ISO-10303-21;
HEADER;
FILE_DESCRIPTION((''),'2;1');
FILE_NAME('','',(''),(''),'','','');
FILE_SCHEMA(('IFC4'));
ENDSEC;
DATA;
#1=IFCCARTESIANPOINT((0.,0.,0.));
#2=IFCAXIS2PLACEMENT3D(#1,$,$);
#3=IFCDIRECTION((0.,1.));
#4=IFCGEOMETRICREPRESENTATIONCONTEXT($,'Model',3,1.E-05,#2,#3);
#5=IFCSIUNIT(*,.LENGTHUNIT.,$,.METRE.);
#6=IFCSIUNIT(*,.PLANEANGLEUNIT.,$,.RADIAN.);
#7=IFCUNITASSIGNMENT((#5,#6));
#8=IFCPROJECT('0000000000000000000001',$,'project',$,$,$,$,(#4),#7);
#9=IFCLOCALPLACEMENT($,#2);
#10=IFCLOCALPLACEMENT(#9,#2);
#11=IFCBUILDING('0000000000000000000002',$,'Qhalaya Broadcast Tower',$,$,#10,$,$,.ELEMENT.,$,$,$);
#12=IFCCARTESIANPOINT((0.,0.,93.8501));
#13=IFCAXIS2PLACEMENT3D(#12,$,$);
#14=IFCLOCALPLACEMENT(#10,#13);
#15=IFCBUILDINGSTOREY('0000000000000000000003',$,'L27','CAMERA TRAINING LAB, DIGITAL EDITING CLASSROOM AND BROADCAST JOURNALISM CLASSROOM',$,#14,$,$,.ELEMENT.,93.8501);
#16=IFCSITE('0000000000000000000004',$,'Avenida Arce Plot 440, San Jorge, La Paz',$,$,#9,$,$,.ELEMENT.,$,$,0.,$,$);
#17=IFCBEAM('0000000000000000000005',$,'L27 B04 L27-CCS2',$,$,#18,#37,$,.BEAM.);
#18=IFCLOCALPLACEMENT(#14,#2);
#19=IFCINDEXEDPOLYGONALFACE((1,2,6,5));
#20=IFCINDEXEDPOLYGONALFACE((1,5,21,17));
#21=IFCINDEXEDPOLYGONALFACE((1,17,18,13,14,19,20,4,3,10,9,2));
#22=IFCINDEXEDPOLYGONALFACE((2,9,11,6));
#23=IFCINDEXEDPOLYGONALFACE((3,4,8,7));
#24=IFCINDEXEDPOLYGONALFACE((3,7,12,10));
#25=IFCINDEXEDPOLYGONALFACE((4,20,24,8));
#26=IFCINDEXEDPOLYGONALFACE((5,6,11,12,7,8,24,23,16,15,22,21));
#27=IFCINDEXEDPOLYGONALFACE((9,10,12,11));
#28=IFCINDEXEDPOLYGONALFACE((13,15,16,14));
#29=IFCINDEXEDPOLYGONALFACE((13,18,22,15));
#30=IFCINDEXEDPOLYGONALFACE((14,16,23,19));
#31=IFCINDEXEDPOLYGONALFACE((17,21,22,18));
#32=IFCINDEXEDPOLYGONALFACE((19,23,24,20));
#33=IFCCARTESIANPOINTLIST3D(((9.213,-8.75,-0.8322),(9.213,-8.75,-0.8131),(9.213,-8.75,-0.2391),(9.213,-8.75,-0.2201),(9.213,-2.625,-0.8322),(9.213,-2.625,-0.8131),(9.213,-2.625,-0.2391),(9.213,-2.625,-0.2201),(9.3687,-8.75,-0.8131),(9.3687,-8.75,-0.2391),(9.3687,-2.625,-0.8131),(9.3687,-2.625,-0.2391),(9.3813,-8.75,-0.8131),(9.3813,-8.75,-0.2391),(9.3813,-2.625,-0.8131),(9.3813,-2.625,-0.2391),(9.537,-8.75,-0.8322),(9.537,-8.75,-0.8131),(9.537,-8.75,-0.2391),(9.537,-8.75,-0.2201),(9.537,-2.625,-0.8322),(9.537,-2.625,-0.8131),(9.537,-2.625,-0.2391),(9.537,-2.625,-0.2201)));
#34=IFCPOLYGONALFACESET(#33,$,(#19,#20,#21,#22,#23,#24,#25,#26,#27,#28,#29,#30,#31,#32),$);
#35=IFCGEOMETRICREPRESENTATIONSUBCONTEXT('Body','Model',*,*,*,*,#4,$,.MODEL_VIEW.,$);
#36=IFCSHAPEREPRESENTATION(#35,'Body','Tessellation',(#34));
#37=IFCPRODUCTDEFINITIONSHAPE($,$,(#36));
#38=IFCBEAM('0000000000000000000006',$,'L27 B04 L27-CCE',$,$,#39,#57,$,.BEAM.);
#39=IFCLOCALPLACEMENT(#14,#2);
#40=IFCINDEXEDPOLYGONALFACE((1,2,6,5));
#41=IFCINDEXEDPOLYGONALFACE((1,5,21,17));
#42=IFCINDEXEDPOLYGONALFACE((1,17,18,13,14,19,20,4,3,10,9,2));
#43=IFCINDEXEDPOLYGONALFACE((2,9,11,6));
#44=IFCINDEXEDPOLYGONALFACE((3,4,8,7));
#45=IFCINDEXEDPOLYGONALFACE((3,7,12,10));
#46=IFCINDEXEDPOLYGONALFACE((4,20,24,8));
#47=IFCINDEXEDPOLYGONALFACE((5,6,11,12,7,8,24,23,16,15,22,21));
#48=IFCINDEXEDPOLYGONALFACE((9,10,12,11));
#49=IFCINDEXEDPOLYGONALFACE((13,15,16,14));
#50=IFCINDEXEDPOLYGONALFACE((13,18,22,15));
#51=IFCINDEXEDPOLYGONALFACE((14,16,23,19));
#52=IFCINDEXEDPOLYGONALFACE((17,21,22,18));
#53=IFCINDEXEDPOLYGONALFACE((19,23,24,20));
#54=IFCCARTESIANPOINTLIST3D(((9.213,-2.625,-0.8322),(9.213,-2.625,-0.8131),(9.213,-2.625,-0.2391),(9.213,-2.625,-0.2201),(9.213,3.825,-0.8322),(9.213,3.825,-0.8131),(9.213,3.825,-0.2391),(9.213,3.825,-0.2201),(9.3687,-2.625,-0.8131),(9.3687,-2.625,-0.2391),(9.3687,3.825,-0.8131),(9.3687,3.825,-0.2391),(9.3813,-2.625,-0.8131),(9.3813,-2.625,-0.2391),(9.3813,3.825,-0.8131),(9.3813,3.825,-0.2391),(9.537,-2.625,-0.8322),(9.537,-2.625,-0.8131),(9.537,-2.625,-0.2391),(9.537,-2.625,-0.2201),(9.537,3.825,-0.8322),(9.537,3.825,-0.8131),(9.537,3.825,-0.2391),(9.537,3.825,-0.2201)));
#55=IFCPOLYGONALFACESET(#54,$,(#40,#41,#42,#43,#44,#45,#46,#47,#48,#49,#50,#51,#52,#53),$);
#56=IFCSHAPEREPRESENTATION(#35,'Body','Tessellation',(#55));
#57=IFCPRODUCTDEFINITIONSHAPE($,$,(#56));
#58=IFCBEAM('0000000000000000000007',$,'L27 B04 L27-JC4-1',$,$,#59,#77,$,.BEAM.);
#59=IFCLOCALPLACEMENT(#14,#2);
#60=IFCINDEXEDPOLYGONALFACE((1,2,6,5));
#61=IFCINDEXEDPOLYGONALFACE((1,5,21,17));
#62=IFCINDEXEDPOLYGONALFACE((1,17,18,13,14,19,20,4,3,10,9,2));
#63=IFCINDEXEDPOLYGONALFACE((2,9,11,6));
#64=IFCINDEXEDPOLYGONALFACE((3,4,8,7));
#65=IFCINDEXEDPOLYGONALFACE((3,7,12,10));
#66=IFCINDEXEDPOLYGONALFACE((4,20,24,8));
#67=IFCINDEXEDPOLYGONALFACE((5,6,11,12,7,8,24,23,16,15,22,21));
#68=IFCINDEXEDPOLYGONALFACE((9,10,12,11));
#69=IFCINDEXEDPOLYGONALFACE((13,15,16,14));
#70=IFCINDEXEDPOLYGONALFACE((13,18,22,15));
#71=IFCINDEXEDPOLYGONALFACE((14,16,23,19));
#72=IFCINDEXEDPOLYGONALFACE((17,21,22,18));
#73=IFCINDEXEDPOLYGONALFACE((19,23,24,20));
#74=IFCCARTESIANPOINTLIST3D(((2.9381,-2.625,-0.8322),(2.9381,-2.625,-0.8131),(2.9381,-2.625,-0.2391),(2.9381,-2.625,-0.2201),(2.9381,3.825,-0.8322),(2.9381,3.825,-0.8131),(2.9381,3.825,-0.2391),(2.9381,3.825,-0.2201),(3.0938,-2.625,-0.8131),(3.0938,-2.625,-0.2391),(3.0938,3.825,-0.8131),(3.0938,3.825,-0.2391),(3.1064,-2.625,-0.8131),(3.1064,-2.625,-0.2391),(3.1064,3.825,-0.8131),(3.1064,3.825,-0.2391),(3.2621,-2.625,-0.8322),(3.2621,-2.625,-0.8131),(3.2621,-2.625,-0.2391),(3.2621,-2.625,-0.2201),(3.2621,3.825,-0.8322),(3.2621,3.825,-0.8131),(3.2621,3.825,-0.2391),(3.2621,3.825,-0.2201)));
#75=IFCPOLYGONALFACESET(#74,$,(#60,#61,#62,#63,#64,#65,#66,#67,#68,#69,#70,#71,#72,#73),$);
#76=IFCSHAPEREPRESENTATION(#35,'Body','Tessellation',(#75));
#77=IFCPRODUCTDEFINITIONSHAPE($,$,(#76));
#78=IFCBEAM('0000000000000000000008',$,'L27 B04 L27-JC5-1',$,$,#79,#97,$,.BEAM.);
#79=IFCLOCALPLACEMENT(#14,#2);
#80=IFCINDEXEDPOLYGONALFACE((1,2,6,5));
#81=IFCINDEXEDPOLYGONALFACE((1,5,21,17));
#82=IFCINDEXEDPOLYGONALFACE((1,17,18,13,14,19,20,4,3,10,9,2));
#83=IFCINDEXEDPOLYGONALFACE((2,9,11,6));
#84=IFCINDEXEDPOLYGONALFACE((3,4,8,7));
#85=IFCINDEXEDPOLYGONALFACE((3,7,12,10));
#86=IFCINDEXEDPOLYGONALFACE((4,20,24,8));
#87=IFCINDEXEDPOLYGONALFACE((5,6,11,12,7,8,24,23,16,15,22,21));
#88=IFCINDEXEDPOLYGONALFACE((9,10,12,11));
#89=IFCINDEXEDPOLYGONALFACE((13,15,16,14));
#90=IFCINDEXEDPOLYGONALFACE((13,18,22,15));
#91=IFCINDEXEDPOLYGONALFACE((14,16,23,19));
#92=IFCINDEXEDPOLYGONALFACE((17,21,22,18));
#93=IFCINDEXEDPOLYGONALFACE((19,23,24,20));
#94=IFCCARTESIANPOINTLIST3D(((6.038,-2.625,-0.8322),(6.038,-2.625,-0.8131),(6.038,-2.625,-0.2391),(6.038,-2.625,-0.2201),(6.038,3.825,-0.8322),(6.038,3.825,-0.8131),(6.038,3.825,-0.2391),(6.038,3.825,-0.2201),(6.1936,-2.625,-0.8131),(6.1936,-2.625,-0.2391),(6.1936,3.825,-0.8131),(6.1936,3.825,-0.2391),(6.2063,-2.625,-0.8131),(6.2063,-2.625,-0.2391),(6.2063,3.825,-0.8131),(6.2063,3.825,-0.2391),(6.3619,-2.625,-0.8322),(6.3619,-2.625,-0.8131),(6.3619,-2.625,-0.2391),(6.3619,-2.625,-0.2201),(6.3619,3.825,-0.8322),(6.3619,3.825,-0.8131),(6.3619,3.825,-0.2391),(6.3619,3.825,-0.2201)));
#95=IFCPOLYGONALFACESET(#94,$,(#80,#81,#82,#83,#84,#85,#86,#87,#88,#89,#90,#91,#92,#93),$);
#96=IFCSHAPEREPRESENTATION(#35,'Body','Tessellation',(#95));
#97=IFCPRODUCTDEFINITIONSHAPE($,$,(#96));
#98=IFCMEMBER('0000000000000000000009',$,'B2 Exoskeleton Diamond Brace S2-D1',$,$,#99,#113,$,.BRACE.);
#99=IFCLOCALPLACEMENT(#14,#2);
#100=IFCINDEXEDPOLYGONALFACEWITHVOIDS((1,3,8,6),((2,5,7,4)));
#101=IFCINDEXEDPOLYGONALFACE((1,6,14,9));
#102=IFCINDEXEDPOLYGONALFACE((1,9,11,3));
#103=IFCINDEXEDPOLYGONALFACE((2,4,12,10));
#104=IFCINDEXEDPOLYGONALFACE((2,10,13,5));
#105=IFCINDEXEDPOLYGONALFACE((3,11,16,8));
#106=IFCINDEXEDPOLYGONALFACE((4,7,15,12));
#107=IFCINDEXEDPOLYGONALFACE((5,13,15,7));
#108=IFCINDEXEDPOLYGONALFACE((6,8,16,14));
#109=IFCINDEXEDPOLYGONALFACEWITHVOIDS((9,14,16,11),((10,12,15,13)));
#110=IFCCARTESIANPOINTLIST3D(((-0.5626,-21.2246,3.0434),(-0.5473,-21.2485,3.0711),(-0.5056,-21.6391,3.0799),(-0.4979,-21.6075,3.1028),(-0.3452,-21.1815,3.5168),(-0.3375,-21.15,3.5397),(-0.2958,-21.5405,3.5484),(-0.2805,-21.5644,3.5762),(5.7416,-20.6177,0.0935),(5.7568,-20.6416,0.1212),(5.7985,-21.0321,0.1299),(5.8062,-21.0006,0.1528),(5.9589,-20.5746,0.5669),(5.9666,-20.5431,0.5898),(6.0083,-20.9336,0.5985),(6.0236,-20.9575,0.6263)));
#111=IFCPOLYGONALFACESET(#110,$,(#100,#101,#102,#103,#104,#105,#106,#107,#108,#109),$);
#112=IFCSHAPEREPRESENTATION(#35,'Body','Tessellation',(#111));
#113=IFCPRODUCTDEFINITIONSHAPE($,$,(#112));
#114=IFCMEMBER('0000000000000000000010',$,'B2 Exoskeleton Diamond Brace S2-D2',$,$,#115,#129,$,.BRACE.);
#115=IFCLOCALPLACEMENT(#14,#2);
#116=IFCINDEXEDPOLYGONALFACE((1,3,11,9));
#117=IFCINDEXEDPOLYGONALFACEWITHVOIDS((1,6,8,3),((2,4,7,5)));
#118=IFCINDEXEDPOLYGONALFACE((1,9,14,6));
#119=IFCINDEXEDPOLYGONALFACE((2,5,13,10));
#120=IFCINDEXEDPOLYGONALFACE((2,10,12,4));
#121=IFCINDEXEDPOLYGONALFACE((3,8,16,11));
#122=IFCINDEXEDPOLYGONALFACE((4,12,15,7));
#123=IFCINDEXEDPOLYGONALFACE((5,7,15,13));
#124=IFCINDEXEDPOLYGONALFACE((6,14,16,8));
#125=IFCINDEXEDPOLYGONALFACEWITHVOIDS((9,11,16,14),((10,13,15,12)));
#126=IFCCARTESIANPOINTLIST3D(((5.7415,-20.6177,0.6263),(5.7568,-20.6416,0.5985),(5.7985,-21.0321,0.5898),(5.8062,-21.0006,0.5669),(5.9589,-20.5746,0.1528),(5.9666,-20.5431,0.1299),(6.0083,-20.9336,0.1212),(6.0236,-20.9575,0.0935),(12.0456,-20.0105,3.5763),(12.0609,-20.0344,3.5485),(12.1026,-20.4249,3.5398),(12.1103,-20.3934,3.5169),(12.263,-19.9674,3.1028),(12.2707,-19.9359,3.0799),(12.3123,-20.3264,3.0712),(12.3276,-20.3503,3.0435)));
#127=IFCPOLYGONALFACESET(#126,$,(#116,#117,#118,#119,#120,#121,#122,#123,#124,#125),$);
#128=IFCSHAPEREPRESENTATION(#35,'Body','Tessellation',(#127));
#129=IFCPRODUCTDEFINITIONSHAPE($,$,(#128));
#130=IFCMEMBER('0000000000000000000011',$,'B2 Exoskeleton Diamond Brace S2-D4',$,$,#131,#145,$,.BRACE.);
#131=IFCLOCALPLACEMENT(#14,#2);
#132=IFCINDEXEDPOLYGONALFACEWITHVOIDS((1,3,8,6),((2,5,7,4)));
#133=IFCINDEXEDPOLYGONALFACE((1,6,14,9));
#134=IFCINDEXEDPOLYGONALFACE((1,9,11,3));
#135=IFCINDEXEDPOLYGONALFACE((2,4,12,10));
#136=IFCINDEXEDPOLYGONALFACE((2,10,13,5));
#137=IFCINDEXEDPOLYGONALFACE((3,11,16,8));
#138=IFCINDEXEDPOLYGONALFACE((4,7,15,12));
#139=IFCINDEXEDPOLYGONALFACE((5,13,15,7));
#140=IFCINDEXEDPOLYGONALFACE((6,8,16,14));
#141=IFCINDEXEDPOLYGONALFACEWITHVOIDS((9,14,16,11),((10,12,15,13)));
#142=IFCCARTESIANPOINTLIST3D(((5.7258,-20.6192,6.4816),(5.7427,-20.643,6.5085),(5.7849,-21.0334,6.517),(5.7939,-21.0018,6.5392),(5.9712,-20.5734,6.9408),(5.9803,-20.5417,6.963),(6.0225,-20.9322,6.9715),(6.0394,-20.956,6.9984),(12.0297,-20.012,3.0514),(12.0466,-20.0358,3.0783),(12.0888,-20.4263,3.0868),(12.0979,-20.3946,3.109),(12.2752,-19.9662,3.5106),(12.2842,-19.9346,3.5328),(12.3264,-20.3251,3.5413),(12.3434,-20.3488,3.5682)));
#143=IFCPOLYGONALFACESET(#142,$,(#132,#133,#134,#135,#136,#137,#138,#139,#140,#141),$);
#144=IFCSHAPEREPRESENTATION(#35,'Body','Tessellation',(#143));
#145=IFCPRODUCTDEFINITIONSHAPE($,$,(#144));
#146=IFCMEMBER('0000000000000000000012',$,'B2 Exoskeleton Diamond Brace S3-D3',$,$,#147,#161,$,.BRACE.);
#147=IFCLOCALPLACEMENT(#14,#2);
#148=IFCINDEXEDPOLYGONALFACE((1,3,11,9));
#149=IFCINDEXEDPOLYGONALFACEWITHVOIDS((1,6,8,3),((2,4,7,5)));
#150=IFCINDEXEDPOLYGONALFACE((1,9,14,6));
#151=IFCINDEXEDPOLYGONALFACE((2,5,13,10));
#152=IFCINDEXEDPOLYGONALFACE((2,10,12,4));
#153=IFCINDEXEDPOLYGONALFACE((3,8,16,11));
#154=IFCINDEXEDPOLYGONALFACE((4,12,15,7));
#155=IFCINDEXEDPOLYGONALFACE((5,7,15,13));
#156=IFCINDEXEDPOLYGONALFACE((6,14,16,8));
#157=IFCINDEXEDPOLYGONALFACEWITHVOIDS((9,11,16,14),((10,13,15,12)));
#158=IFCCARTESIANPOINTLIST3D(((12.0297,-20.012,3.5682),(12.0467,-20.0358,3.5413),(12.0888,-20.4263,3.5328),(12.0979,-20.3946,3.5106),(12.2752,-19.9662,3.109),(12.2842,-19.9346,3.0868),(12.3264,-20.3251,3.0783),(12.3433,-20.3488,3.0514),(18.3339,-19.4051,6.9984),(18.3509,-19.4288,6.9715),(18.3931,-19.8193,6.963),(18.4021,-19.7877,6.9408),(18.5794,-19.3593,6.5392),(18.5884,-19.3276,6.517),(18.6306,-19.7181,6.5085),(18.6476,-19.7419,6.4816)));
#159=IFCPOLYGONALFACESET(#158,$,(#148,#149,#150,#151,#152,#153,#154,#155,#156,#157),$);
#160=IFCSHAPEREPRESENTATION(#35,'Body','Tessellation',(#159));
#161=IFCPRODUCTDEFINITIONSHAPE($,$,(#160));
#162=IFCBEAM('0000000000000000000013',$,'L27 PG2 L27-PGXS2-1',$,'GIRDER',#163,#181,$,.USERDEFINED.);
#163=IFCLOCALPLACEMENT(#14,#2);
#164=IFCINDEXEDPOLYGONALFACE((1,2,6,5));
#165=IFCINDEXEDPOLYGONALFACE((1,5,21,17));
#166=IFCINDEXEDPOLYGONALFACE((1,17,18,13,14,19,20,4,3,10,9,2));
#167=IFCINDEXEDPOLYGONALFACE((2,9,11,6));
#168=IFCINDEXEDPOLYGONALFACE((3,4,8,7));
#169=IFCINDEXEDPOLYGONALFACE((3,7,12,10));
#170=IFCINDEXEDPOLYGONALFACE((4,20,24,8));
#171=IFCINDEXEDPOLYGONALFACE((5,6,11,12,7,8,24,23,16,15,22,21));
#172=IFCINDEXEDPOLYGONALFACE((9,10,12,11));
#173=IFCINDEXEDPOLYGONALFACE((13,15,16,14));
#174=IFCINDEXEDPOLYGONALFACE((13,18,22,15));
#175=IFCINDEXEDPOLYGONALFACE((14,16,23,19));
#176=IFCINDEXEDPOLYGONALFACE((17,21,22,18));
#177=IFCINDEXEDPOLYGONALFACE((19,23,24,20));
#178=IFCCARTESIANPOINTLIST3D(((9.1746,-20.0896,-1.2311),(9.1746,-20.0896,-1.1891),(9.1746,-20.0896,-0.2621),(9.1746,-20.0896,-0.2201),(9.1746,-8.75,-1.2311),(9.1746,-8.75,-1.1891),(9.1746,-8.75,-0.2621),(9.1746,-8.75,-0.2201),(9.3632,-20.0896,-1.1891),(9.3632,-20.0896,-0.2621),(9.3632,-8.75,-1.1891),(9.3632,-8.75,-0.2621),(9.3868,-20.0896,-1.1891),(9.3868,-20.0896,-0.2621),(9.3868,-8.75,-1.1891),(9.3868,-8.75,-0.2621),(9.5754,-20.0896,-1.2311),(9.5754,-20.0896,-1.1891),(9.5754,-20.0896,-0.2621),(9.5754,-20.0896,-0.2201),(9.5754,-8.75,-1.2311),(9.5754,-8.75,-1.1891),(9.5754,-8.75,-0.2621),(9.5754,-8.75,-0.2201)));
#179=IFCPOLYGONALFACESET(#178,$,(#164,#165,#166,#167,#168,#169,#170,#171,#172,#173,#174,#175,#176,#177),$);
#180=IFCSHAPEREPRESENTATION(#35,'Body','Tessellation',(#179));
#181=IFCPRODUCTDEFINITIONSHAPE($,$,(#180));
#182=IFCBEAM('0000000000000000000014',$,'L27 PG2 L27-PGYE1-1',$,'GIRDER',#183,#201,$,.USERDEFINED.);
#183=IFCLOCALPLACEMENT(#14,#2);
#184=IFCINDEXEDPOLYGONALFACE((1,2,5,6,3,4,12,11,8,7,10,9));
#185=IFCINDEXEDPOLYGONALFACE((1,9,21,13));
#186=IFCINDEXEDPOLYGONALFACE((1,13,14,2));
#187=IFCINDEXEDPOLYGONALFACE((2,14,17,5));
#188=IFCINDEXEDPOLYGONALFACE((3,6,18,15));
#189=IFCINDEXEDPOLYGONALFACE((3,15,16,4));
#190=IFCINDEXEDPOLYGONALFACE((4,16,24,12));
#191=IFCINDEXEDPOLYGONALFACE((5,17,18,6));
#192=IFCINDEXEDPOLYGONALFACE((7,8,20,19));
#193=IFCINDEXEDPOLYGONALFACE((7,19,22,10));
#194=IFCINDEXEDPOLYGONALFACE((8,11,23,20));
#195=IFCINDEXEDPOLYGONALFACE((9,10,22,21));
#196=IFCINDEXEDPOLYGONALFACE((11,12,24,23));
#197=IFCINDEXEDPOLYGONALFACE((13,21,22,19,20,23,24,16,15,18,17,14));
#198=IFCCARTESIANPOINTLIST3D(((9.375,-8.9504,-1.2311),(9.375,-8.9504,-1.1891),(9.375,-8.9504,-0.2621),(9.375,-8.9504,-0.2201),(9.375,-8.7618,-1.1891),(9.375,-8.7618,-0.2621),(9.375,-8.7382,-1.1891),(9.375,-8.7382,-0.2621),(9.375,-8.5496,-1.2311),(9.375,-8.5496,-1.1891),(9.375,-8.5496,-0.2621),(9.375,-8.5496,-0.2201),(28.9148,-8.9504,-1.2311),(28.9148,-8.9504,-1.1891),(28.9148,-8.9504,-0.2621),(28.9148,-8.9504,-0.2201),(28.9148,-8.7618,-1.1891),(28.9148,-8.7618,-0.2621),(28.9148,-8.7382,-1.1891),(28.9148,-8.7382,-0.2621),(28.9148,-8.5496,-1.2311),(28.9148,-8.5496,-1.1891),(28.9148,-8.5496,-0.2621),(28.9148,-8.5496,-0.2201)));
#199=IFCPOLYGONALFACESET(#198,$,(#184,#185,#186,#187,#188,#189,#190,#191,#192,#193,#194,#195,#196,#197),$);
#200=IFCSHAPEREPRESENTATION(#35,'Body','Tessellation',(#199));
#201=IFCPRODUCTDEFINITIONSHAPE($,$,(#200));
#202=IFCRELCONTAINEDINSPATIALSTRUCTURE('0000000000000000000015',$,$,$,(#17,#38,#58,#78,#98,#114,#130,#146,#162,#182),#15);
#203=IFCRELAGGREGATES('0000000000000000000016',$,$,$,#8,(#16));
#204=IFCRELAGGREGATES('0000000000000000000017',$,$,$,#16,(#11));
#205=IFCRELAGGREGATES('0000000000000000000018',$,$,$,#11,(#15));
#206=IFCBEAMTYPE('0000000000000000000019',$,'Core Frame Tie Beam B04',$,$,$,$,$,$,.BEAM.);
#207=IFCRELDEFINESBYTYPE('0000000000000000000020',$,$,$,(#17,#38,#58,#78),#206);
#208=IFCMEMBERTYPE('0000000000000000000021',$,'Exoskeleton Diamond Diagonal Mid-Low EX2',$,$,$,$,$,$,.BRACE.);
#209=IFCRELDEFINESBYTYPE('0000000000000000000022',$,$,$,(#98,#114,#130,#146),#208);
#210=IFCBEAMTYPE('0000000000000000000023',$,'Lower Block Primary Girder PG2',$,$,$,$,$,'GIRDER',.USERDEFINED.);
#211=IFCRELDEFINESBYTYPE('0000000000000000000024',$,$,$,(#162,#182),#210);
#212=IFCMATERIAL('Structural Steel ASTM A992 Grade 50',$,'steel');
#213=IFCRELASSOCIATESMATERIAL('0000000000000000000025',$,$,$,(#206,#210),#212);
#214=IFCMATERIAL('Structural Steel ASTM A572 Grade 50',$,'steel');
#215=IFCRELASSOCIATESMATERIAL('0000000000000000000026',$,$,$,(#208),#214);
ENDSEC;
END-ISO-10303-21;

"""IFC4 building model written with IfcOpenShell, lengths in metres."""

from ifc_helpers import new_model, si_unit, direction, frame, origin, origin_2d, place, context, subcontext, project, spatial, hollow_rectangle, i_section, extrude, material, material_profile, profile_set, type_object, element, save


model = new_model("IFC4")

# Units and contexts
model_context = context("Model", 3, precision=1e-05, world=origin(), true_north=direction((0.0, 1.0)))
body_context = subcontext(model_context, "Body", "Model", "MODEL_VIEW")
ifc_project = project(units=[si_unit("LENGTHUNIT", "METRE"), si_unit("PLANEANGLEUNIT", "RADIAN")], contexts=[model_context])

# Site, building, storey
site_placement = place(None, origin())
site = spatial("IfcSite", under=ifc_project, at=site_placement, Name="Avenida Arce Plot 440, San Jorge, La Paz", CompositionType="ELEMENT", RefElevation=0.0)
building_placement = place(site_placement, origin())
building = spatial("IfcBuilding", under=site, at=building_placement, Name="Qhalaya Broadcast Tower", CompositionType="ELEMENT")
storey_placement = place(building_placement, frame((0.0, 0.0, 93.8501)))
storey = spatial("IfcBuildingStorey", under=building, at=storey_placement, Name="L27", Description="CAMERA TRAINING LAB, DIGITAL EDITING CLASSROOM AND BROADCAST JOURNALISM CLASSROOM", CompositionType="ELEMENT", Elevation=93.8501)

# Shared definitions
ifc_material_1 = material(Name="Structural Steel ASTM A572 Grade 50", Category="steel")

# Beams
ifc_material_2 = material(Name="Structural Steel ASTM A992 Grade 50", Category="steel")
ifc_material_profile_1 = material_profile(ifc_material_2, i_section(OverallWidth=0.324, OverallDepth=0.6121, WebThickness=0.0127, FlangeThickness=0.019, at=origin_2d()), Name="W24X104")
ifc_profile_set_1 = profile_set([ifc_material_profile_1], Name="Structural Steel ASTM A992 Grade 50")
beam_type_1 = type_object("IfcBeamType", Name="Core Frame Tie Beam B04", PredefinedType="BEAM", material=ifc_profile_set_1)
beam_1_placement = place(storey_placement, frame((9.375, -8.75, -0.5261), z_axis=(0.0, 1.0, 0.0), x_axis=(-1.0, 0.0, 0.0)))
element("IfcBeam", 1, at=beam_1_placement, inside=storey, type_object=beam_type_1, Name="L27 B04 L27-CCS2", PredefinedType="BEAM", context=body_context, shape_type="SweptSolid", body=[
    extrude(i_section(OverallWidth=0.324, OverallDepth=0.6121, WebThickness=0.0127, FlangeThickness=0.019, at=origin_2d()), origin(), (0.0, 0.0, 1.0), 6.125),
])
for number, where, z_axis, x_axis, name in (
    (2, (9.375, -2.625, -0.5261), (0.0, 1.0, 0.0), (-1.0, 0.0, 0.0), "L27 B04 L27-CCE"),
    (3, (3.1001, -2.625, -0.5261), (0.0, 1.0, 0.0), (-1.0, 0.0, 0.0), "L27 B04 L27-JC4-1"),
    (4, (6.2, -2.625, -0.5261), (0.0, 1.0, 0.0), (-1.0, 0.0, 0.0), "L27 B04 L27-JC5-1"),
):
    element("IfcBeam", number, at=place(storey_placement, frame(where, z_axis=z_axis, x_axis=x_axis)), inside=storey, type_object=beam_type_1, Name=name, PredefinedType="BEAM", context=body_context, shape_type="SweptSolid", body=[
        extrude(i_section(OverallWidth=0.324, OverallDepth=0.6121, WebThickness=0.0127, FlangeThickness=0.019, at=origin_2d()), origin(), (0.0, 0.0, 1.0), 6.45),
    ])

# Members
ifc_material_profile_2 = material_profile(ifc_material_1, hollow_rectangle(XDim=0.4199, YDim=0.55, WallThickness=0.0281, at=origin_2d()), Name="BOX 420x550x28")
ifc_profile_set_2 = profile_set([ifc_material_profile_2], Name="Structural Steel ASTM A572 Grade 50")
member_type = type_object("IfcMemberType", Name="Exoskeleton Diamond Diagonal Mid-Low EX2", PredefinedType="BRACE", material=ifc_profile_set_2)
for number, where, z_axis, x_axis, name in (
    (5, (5.8826, -20.7876, 0.3599), (-0.902319, -0.08687, 0.422226), (0.135673, -0.986937, 0.086883), "B2 Exoskeleton Diamond Brace S2-D1"),
    (6, (5.8826, -20.7876, 0.3599), (0.902309, 0.086908, 0.422238), (-0.135715, 0.986931, 0.086883), "B2 Exoskeleton Diamond Brace S2-D2"),
):
    element("IfcMember", number, at=place(storey_placement, frame(where, z_axis=z_axis, x_axis=x_axis)), inside=storey, type_object=member_type, Name=name, PredefinedType="BRACE", context=body_context, shape_type="SweptSolid", body=[
        extrude(hollow_rectangle(XDim=0.4199, YDim=0.55, WallThickness=0.0281, at=origin_2d()), origin(), (0.0, 0.0, 1.0), 6.9866),
    ])
member_1_placement = place(storey_placement, frame((12.1865, -20.1804, 3.3098), z_axis=(-0.875257, -0.084302, 0.476254), x_axis=(0.140869, -0.986435, 0.084278)))
element("IfcMember", 7, at=member_1_placement, inside=storey, type_object=member_type, Name="B2 Exoskeleton Diamond Brace S2-D4", PredefinedType="BRACE", context=body_context, shape_type="SweptSolid", body=[
    extrude(hollow_rectangle(XDim=0.4199, YDim=0.55, WallThickness=0.0281, at=origin_2d()), origin(), (0.0, 0.0, 1.0), 7.2024),
])
member_2_placement = place(storey_placement, frame((12.1865, -20.1804, 3.3098), z_axis=(0.875268, 0.084266, 0.476242), x_axis=(-0.140826, 0.986441, 0.084279)))
element("IfcMember", 8, at=member_2_placement, inside=storey, type_object=member_type, Name="B2 Exoskeleton Diamond Brace S3-D3", PredefinedType="BRACE", context=body_context, shape_type="SweptSolid", body=[
    extrude(hollow_rectangle(XDim=0.4199, YDim=0.55, WallThickness=0.0281, at=origin_2d()), origin(), (0.0, 0.0, 1.0), 7.2026),
])

# Beams
ifc_material_profile_3 = material_profile(ifc_material_2, i_section(OverallWidth=0.4009, OverallDepth=1.011, WebThickness=0.0237, FlangeThickness=0.042, at=origin_2d()), Name="W40X297")
ifc_profile_set_3 = profile_set([ifc_material_profile_3], Name="Structural Steel ASTM A992 Grade 50")
beam_type_2 = type_object("IfcBeamType", Name="Lower Block Primary Girder PG2", ElementType="GIRDER", PredefinedType="USERDEFINED", material=ifc_profile_set_3)
beam_2_placement = place(storey_placement, frame((9.375, -20.0896, -0.7256), z_axis=(0.0, 1.0, 0.0), x_axis=(-1.0, 0.0, 0.0)))
element("IfcBeam", 9, at=beam_2_placement, inside=storey, type_object=beam_type_2, Name="L27 PG2 L27-PGXS2-1", ObjectType="GIRDER", PredefinedType="USERDEFINED", context=body_context, shape_type="SweptSolid", body=[
    extrude(i_section(OverallWidth=0.4009, OverallDepth=1.011, WebThickness=0.0237, FlangeThickness=0.042, at=origin_2d()), origin(), (0.0, 0.0, 1.0), 11.3396),
])
beam_3_placement = place(storey_placement, frame((9.375, -8.75, -0.7256), z_axis=(1.0, 0.0, 0.0), x_axis=(0.0, 1.0, 0.0)))
element("IfcBeam", 10, at=beam_3_placement, inside=storey, type_object=beam_type_2, Name="L27 PG2 L27-PGYE1-1", ObjectType="GIRDER", PredefinedType="USERDEFINED", context=body_context, shape_type="SweptSolid", body=[
    extrude(i_section(OverallWidth=0.4009, OverallDepth=1.011, WebThickness=0.0237, FlangeThickness=0.042, at=origin_2d()), origin(), (0.0, 0.0, 1.0), 19.5398),
])

save(model, "model.ifc")
